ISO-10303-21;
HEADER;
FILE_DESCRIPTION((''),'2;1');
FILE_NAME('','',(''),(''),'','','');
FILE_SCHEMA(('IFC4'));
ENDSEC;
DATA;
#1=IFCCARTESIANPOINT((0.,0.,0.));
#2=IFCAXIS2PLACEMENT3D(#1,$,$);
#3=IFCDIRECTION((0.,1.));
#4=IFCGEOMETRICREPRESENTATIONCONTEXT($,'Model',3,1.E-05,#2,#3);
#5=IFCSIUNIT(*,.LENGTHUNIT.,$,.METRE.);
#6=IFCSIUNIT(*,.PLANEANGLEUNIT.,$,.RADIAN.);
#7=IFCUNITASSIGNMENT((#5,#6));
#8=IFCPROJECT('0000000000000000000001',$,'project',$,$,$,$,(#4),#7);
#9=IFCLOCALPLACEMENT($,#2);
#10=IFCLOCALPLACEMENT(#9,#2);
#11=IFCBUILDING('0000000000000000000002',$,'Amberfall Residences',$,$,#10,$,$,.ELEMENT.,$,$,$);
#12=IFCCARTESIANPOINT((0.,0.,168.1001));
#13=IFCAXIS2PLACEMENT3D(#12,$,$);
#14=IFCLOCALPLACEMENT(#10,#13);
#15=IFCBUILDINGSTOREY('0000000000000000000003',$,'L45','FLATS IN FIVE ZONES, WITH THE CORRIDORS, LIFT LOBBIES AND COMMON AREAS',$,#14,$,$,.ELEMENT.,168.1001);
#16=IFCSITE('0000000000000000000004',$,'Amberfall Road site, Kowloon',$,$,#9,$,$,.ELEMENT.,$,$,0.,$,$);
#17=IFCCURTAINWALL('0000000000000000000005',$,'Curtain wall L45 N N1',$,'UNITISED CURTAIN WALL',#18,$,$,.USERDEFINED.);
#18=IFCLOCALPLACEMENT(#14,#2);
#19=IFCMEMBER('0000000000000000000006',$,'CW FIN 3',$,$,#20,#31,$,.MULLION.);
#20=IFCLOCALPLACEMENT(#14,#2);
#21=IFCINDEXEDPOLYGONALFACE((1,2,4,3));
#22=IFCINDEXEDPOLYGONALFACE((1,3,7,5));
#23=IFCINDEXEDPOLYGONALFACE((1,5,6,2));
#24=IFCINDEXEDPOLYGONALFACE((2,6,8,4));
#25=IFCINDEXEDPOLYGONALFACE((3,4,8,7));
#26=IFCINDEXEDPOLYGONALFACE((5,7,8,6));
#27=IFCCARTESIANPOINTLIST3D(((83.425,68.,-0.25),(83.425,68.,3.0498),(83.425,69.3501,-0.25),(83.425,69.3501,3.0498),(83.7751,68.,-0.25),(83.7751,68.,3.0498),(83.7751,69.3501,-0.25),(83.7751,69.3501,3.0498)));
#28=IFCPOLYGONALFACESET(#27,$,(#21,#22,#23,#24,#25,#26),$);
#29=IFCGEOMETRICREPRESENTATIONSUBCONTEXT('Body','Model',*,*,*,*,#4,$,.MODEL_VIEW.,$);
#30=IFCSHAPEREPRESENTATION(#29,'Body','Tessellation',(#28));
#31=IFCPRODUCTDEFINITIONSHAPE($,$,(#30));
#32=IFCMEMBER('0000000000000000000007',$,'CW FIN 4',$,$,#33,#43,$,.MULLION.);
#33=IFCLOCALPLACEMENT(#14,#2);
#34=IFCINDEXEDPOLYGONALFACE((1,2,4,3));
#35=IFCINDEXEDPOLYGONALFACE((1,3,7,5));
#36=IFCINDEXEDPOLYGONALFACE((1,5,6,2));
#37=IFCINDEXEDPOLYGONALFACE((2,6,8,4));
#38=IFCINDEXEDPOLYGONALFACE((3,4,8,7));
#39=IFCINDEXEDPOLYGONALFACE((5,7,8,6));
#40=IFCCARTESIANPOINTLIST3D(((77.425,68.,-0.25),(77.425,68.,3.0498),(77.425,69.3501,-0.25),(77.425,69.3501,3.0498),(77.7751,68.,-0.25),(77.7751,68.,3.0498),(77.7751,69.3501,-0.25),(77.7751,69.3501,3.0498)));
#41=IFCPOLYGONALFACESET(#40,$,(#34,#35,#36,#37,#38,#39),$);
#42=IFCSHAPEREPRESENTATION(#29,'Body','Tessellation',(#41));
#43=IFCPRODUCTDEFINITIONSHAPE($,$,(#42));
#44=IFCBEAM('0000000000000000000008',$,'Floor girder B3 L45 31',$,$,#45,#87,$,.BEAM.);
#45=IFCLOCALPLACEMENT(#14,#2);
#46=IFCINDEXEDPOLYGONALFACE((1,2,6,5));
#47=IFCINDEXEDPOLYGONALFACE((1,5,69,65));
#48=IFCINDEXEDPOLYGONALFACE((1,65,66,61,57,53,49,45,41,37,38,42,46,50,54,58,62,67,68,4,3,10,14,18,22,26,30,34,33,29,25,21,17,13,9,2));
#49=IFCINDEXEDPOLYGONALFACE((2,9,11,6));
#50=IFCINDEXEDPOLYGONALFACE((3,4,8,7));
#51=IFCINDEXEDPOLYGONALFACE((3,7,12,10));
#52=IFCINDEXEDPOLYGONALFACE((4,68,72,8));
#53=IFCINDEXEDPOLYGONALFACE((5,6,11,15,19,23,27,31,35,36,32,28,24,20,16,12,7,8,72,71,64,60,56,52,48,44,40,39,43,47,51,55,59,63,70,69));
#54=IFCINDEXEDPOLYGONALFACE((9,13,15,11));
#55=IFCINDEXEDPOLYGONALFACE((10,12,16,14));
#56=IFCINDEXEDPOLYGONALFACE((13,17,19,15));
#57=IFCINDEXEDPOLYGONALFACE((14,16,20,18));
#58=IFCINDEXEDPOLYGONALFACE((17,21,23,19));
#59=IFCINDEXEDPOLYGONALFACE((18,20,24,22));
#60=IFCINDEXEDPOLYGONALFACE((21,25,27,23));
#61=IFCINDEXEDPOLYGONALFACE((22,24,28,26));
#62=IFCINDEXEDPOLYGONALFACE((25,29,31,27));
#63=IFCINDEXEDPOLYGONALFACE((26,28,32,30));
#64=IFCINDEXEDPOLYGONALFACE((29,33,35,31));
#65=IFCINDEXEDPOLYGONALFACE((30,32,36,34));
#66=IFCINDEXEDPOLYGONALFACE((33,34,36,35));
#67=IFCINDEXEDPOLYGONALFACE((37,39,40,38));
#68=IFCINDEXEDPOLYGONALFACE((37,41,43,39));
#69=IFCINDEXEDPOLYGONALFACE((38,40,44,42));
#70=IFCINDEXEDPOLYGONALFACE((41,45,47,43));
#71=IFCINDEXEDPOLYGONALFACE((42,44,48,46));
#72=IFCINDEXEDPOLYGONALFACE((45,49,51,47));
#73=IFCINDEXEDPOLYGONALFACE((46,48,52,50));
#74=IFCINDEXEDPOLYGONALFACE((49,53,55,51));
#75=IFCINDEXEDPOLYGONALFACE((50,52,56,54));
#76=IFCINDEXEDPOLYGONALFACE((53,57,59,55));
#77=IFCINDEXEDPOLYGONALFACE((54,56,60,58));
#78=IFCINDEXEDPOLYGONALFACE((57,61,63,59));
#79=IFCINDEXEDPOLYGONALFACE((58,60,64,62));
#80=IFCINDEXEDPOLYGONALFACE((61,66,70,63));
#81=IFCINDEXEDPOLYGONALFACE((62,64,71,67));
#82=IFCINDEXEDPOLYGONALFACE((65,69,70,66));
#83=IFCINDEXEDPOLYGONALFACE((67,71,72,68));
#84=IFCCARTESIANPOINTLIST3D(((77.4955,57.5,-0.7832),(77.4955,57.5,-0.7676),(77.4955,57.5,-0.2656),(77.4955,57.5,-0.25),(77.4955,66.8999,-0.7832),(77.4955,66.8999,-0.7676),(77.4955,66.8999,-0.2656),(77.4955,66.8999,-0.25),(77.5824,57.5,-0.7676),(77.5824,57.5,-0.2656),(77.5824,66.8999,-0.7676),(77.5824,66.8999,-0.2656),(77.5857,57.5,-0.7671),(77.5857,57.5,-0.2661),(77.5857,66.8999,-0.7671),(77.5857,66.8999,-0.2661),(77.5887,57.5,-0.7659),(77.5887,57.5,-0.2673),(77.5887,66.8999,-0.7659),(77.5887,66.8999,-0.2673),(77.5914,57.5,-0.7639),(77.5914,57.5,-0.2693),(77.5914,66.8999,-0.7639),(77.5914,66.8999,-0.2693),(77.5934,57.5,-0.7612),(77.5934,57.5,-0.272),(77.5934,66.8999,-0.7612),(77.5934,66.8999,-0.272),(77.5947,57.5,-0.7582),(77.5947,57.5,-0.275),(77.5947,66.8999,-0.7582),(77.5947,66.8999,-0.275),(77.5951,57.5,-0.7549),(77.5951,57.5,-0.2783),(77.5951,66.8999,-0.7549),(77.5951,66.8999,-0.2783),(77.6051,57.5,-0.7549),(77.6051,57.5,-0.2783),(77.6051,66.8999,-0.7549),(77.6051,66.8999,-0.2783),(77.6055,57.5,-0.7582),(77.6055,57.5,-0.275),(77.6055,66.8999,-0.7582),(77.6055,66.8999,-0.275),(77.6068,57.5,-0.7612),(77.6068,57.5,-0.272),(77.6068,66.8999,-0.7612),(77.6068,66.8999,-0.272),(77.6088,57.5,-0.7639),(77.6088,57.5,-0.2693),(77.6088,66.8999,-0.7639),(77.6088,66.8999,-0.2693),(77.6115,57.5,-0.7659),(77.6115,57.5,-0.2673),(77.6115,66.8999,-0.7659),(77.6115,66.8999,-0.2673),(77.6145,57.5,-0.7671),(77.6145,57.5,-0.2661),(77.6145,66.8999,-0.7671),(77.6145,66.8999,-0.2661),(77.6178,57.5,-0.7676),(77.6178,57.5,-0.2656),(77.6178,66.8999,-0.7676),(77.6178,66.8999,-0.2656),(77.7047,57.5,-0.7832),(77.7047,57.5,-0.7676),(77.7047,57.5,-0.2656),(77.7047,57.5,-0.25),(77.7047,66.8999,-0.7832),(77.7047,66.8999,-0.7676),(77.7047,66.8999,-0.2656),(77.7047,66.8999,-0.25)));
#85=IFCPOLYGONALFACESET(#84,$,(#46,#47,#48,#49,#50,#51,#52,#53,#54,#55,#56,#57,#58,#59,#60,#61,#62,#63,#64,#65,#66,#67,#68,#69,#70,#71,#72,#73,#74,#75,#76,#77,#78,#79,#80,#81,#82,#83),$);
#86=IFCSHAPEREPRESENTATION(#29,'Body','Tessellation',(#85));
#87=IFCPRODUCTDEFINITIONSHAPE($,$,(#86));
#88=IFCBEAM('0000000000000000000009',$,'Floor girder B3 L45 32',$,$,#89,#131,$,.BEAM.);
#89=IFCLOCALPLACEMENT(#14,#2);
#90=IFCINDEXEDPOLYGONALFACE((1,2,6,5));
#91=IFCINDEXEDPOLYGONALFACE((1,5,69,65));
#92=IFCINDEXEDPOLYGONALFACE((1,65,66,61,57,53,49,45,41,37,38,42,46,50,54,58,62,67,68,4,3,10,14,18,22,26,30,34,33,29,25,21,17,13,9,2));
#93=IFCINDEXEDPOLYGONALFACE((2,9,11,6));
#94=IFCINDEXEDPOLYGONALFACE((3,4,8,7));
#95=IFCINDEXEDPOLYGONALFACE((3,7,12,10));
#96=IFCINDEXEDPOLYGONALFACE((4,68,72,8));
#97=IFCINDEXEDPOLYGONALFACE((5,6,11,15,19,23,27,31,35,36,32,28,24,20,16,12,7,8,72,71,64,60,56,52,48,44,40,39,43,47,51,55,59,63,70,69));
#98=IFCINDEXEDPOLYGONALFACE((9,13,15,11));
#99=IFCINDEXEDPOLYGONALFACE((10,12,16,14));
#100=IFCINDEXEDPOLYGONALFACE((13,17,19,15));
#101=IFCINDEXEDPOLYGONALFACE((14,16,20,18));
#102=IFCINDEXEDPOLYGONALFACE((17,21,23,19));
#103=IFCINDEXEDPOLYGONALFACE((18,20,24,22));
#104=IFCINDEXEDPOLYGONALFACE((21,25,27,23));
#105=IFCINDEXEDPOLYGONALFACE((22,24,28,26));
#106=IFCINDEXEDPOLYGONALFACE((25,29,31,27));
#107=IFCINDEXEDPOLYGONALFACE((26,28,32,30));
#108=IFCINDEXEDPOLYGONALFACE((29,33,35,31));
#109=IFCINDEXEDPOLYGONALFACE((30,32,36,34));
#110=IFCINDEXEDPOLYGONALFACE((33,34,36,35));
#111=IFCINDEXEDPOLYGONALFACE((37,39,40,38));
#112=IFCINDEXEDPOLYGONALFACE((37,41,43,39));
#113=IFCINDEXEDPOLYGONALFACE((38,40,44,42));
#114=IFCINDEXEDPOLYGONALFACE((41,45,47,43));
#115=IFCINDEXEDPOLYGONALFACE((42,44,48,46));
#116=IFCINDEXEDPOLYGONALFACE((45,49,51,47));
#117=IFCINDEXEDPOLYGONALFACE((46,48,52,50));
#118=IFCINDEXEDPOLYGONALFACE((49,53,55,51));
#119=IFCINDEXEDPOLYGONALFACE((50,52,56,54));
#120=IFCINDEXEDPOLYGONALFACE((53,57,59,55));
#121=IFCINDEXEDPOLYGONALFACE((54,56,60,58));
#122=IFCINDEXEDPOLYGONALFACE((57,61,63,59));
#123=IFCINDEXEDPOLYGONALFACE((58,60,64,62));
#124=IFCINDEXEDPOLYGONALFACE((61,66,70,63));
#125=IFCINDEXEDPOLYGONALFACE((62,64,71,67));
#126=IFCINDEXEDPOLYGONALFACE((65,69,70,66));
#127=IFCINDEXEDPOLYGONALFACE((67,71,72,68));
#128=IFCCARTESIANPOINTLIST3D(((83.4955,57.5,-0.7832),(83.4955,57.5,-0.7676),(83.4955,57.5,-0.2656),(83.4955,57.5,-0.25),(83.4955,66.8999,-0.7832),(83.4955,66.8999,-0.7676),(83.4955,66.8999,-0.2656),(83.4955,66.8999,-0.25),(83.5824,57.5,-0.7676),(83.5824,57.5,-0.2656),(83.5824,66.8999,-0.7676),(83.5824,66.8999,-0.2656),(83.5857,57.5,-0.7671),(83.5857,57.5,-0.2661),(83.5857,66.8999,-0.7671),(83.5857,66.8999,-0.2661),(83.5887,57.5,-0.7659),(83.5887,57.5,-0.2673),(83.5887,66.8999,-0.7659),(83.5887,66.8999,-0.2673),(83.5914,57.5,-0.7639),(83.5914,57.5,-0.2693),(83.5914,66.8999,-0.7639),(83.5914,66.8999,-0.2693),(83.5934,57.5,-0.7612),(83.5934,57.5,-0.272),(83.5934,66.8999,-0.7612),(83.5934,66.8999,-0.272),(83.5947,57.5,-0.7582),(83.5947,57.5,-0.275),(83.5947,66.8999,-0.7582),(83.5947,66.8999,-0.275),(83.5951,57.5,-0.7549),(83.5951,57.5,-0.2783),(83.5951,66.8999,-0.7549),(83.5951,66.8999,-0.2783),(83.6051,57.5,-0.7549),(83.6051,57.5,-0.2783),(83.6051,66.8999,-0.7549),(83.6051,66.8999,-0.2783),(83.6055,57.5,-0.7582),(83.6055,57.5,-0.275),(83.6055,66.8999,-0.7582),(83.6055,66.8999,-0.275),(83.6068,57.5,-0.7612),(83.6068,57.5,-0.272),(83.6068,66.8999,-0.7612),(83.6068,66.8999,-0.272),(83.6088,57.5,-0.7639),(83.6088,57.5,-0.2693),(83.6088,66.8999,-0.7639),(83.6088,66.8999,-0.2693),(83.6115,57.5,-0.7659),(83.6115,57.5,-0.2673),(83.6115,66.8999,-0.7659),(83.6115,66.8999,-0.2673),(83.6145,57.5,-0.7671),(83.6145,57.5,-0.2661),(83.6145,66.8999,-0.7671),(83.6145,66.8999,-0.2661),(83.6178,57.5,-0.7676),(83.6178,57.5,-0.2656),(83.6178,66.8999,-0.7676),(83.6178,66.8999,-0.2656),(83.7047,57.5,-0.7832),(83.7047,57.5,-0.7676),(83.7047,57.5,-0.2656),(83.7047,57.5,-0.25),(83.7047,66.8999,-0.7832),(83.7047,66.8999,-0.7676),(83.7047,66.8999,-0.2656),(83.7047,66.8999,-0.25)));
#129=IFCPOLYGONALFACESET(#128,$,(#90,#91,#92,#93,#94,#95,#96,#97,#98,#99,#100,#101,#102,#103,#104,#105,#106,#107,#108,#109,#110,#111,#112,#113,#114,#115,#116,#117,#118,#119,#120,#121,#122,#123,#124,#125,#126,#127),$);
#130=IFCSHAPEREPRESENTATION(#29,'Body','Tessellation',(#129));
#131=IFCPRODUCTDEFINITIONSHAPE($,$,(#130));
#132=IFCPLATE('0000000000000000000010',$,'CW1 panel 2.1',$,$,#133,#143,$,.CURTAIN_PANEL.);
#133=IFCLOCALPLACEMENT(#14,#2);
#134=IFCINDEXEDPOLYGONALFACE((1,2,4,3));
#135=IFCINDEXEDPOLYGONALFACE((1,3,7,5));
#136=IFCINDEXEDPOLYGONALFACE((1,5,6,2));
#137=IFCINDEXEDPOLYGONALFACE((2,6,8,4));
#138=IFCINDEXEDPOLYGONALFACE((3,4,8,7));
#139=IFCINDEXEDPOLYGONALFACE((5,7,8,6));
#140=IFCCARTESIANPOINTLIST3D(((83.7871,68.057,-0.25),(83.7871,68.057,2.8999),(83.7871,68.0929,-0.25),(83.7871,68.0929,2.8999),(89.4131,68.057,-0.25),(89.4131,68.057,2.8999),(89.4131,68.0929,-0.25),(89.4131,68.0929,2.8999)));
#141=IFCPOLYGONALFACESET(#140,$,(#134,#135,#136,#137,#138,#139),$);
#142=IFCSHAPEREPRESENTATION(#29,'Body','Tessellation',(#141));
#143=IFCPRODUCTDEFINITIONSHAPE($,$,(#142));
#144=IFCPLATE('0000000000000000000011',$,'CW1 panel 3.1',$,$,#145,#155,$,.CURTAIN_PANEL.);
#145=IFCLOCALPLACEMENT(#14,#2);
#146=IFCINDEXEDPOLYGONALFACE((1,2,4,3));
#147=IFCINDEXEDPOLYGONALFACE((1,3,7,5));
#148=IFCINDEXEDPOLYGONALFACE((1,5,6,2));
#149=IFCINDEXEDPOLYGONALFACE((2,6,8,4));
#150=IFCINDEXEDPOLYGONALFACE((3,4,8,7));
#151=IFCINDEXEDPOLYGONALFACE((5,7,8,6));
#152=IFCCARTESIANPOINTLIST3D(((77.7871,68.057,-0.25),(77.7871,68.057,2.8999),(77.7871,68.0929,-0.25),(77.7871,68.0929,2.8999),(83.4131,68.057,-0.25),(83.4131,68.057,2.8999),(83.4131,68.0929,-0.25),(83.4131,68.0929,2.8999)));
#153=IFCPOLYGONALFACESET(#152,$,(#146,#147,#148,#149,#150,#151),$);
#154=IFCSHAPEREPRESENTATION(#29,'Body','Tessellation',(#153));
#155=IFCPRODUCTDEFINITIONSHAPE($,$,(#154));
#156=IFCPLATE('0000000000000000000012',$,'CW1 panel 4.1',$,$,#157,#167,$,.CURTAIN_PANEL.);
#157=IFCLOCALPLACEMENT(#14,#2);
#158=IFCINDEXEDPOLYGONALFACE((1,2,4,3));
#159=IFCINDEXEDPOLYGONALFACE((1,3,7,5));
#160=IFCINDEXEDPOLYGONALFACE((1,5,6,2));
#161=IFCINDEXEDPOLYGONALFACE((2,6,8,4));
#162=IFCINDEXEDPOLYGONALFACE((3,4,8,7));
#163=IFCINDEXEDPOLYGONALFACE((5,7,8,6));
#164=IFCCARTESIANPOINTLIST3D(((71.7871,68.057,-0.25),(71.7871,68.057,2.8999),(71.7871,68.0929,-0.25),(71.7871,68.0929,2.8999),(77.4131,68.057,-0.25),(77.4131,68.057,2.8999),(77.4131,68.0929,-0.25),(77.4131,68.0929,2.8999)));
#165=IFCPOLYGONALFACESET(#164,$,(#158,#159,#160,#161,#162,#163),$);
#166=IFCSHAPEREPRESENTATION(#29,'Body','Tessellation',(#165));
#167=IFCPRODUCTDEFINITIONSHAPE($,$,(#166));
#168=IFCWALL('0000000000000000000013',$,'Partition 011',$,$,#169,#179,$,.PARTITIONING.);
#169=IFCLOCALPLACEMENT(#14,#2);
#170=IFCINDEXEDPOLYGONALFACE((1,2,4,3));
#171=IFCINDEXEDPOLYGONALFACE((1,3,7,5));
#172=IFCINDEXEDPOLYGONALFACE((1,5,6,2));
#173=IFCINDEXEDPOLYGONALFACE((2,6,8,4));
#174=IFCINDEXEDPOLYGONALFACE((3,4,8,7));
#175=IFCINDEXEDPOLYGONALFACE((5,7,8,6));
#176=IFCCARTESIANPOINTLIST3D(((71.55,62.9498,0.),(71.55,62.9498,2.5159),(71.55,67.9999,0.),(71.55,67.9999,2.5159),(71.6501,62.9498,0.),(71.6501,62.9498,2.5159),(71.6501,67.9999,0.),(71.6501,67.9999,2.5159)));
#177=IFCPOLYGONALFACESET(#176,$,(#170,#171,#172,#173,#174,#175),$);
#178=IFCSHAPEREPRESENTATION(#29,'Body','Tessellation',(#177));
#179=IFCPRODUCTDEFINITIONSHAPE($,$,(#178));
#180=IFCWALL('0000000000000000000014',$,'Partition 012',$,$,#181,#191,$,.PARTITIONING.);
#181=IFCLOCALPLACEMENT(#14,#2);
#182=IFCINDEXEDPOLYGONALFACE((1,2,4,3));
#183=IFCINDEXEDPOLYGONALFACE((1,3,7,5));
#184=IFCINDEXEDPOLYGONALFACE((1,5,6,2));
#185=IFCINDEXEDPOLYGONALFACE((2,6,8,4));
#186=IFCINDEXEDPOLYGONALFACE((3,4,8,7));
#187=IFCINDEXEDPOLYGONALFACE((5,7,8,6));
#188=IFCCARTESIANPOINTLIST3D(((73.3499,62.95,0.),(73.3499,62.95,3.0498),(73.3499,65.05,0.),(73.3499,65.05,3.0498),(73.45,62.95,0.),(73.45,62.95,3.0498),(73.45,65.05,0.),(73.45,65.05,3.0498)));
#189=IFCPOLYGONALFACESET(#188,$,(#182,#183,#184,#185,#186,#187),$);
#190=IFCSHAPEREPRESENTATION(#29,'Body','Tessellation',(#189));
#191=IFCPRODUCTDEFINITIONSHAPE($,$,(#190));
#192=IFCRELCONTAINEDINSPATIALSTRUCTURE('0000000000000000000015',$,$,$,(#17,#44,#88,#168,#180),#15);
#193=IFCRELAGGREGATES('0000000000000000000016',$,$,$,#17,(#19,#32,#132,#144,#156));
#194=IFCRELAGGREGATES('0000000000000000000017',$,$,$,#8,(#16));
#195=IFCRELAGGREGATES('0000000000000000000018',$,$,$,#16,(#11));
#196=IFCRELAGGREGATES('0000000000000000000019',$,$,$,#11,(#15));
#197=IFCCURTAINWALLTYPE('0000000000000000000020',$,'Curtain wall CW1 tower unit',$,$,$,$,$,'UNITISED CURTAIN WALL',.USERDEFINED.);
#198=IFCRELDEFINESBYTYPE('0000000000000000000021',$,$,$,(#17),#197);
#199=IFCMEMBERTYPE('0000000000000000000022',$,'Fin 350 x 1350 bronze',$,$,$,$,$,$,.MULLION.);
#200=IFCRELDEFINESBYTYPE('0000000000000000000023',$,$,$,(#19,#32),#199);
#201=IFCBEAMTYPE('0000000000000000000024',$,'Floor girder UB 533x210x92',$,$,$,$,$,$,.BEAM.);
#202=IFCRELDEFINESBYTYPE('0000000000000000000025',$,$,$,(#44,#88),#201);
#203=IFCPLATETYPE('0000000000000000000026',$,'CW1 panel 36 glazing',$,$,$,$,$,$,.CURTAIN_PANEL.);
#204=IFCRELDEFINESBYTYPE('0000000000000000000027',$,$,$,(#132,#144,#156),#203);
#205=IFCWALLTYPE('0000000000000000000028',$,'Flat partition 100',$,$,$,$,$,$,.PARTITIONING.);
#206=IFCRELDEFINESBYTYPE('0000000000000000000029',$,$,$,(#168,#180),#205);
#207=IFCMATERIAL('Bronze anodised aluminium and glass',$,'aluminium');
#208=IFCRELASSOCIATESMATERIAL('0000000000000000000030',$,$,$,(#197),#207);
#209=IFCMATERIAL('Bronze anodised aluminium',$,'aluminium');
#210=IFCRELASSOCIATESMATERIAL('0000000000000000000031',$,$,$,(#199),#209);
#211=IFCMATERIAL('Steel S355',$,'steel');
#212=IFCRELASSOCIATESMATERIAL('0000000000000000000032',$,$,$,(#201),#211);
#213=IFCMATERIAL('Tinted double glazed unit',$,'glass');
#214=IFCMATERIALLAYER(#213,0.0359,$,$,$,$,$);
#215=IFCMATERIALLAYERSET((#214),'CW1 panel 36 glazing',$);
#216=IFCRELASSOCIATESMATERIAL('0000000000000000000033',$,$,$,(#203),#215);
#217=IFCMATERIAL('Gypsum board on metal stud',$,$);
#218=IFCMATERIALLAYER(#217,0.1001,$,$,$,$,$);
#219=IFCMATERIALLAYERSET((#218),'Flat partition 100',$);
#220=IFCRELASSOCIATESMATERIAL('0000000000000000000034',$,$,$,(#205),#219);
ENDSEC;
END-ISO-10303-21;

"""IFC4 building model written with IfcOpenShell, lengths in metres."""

from ifc_helpers import new_model, si_unit, direction, frame, frame_2d, origin, origin_2d, place, context, subcontext, project, spatial, rectangle, i_section, extrude, material, layer, layer_set, material_profile, profile_set, type_object, element, aggregate, save


model = new_model("IFC4")

# Units and contexts
model_context = context("Model", 3, precision=1e-05, world=origin(), true_north=direction((0.0, 1.0)))
body_context = subcontext(model_context, "Body", "Model", "MODEL_VIEW")
ifc_project = project(units=[si_unit("LENGTHUNIT", "METRE"), si_unit("PLANEANGLEUNIT", "RADIAN")], contexts=[model_context])

# Site, building, storey
site_placement = place(None, origin())
site = spatial("IfcSite", under=ifc_project, at=site_placement, Name="Amberfall Road site, Kowloon", CompositionType="ELEMENT", RefElevation=0.0)
building_placement = place(site_placement, origin())
building = spatial("IfcBuilding", under=site, at=building_placement, Name="Amberfall Residences", CompositionType="ELEMENT")
storey_placement = place(building_placement, frame((0.0, 0.0, 168.1001)))
storey = spatial("IfcBuildingStorey", under=building, at=storey_placement, Name="L45", Description="FLATS IN FIVE ZONES, WITH THE CORRIDORS, LIFT LOBBIES AND COMMON AREAS", CompositionType="ELEMENT", Elevation=168.1001)

# Curtain wall
ifc_material_1 = material(Name="Bronze anodised aluminium and glass", Category="aluminium")
curtain_wall_type = type_object("IfcCurtainWallType", Name="Curtain wall CW1 tower unit", ElementType="UNITISED CURTAIN WALL", PredefinedType="USERDEFINED", material=ifc_material_1)
curtain_wall_placement = place(storey_placement, origin())
curtain_wall = element("IfcCurtainWall", 1, at=curtain_wall_placement, inside=storey, type_object=curtain_wall_type, Name="Curtain wall L45 N N1", ObjectType="UNITISED CURTAIN WALL", PredefinedType="USERDEFINED")
ifc_material_2 = material(Name="Bronze anodised aluminium", Category="aluminium")

# Shared definitions
ifc_material_3 = material(Name="Steel S355", Category="steel")

# Members
ifc_material_profile_1 = material_profile(ifc_material_2, rectangle(XDim=1.3501, YDim=0.3501, at=origin_2d()), Name="Fin 350 x 1350 bronze")
ifc_profile_set_1 = profile_set([ifc_material_profile_1], Name="Bronze anodised aluminium")
member_type_1 = type_object("IfcMemberType", Name="Fin 350 x 1350 bronze", PredefinedType="MULLION", material=ifc_profile_set_1)
member_1_placement = place(storey_placement, frame((83.6001, 68.675, -0.25), z_axis=(0.0, 0.0, 1.0), x_axis=(0.0, -1.0, 0.0)))
member_1 = element("IfcMember", 2, at=member_1_placement, type_object=member_type_1, Name="CW FIN 3", PredefinedType="MULLION", context=body_context, shape_type="SweptSolid", body=[
    extrude(rectangle(XDim=1.3501, YDim=0.3501, at=origin_2d()), origin(), (0.0, 0.0, 1.0), 3.2998),
])
member_2_placement = place(storey_placement, frame((77.6001, 68.675, -0.25), z_axis=(0.0, 0.0, 1.0), x_axis=(0.0, -1.0, 0.0)))
member_2 = element("IfcMember", 3, at=member_2_placement, type_object=member_type_1, Name="CW FIN 4", PredefinedType="MULLION", context=body_context, shape_type="SweptSolid", body=[
    extrude(rectangle(XDim=1.3501, YDim=0.3501, at=origin_2d()), origin(), (0.0, 0.0, 1.0), 3.2998),
])

# Beams
ifc_material_profile_2 = material_profile(ifc_material_3, i_section(OverallWidth=0.2092, OverallDepth=0.5332, WebThickness=0.01, FlangeThickness=0.0156, FilletRadius=0.0127, at=origin_2d()), Name="UB 533x210x92")
ifc_profile_set_2 = profile_set([ifc_material_profile_2], Name="Steel S355")
beam_type_1 = type_object("IfcBeamType", Name="Floor girder UB 533x210x92", PredefinedType="BEAM", material=ifc_profile_set_2)
for number, where, z_axis, x_axis, name in (
    (4, (77.6001, 66.8999, -0.5166), (0.0, -1.0, 0.0), (1.0, 0.0, 0.0), "Floor girder B3 L45 31"),
    (5, (83.6001, 66.8999, -0.5166), (0.0, -1.0, 0.0), (1.0, 0.0, 0.0), "Floor girder B3 L45 32"),
):
    element("IfcBeam", number, at=place(storey_placement, frame(where, z_axis=z_axis, x_axis=x_axis)), inside=storey, type_object=beam_type_1, Name=name, PredefinedType="BEAM", context=body_context, shape_type="SweptSolid", body=[
        extrude(i_section(OverallWidth=0.2092, OverallDepth=0.5332, WebThickness=0.01, FlangeThickness=0.0156, FilletRadius=0.0127, at=origin_2d()), origin(), (0.0, 0.0, 1.0), 9.3999),
    ])

# Plates
ifc_material_4 = material(Name="Tinted double glazed unit", Category="glass")
ifc_layer_1 = layer(ifc_material_4, 0.0359)
ifc_layer_set_1 = layer_set([ifc_layer_1], Name="CW1 panel 36 glazing")
plate_type = type_object("IfcPlateType", Name="CW1 panel 36 glazing", PredefinedType="CURTAIN_PANEL", material=ifc_layer_set_1)
plate_1_placement = place(storey_placement, frame((86.6001, 68.075, -0.25), z_axis=(0.0, 0.0, 1.0), x_axis=(-1.0, 0.0, 0.0)))
plate_1 = element("IfcPlate", 6, at=plate_1_placement, type_object=plate_type, Name="CW1 panel 2.1", PredefinedType="CURTAIN_PANEL", context=body_context, shape_type="SweptSolid", body=[
    extrude(rectangle(XDim=5.626, YDim=0.0359, at=origin_2d()), origin(), (0.0, 0.0, 1.0), 3.1499),
])
plate_2_placement = place(storey_placement, frame((80.6001, 68.075, -0.25), z_axis=(0.0, 0.0, 1.0), x_axis=(-1.0, 0.0, 0.0)))
plate_2 = element("IfcPlate", 7, at=plate_2_placement, type_object=plate_type, Name="CW1 panel 3.1", PredefinedType="CURTAIN_PANEL", context=body_context, shape_type="SweptSolid", body=[
    extrude(rectangle(XDim=5.626, YDim=0.0359, at=origin_2d()), origin(), (0.0, 0.0, 1.0), 3.1499),
])
plate_3_placement = place(storey_placement, frame((74.6001, 68.075, -0.25), z_axis=(0.0, 0.0, 1.0), x_axis=(-1.0, 0.0, 0.0)))
plate_3 = element("IfcPlate", 8, at=plate_3_placement, type_object=plate_type, Name="CW1 panel 4.1", PredefinedType="CURTAIN_PANEL", context=body_context, shape_type="SweptSolid", body=[
    extrude(rectangle(XDim=5.626, YDim=0.0359, at=origin_2d()), origin(), (0.0, 0.0, 1.0), 3.1499),
])
aggregate(curtain_wall, [member_1, member_2, plate_1, plate_2, plate_3])

# Walls
ifc_material_5 = material(Name="Gypsum board on metal stud")
ifc_layer_2 = layer(ifc_material_5, 0.1001)
ifc_layer_set_2 = layer_set([ifc_layer_2], Name="Flat partition 100")
wall_type = type_object("IfcWallType", Name="Flat partition 100", PredefinedType="PARTITIONING", material=ifc_layer_set_2)
wall_1_placement = place(storey_placement, frame((71.6001, 62.95, 0.0), z_axis=(0.0, 0.0, 1.0), x_axis=(0.0, 1.0, 0.0)))
element("IfcWall", 9, at=wall_1_placement, inside=storey, type_object=wall_type, Name="Partition 011", PredefinedType="PARTITIONING", context=body_context, shape_type="SweptSolid", body=[
    extrude(rectangle(XDim=5.05, YDim=0.1001, at=frame_2d((2.5249, 0.0))), origin(), (0.0, 0.0, 1.0), 2.5159),
])
wall_2_placement = place(storey_placement, frame((73.3999, 62.95, 0.0), z_axis=(0.0, 0.0, 1.0), x_axis=(0.0, 1.0, 0.0)))
element("IfcWall", 10, at=wall_2_placement, inside=storey, type_object=wall_type, Name="Partition 012", PredefinedType="PARTITIONING", context=body_context, shape_type="SweptSolid", body=[
    extrude(rectangle(XDim=2.1001, YDim=0.1001, at=frame_2d((1.05, 0.0))), origin(), (0.0, 0.0, 1.0), 3.0498),
])

save(model, "model.ifc")
